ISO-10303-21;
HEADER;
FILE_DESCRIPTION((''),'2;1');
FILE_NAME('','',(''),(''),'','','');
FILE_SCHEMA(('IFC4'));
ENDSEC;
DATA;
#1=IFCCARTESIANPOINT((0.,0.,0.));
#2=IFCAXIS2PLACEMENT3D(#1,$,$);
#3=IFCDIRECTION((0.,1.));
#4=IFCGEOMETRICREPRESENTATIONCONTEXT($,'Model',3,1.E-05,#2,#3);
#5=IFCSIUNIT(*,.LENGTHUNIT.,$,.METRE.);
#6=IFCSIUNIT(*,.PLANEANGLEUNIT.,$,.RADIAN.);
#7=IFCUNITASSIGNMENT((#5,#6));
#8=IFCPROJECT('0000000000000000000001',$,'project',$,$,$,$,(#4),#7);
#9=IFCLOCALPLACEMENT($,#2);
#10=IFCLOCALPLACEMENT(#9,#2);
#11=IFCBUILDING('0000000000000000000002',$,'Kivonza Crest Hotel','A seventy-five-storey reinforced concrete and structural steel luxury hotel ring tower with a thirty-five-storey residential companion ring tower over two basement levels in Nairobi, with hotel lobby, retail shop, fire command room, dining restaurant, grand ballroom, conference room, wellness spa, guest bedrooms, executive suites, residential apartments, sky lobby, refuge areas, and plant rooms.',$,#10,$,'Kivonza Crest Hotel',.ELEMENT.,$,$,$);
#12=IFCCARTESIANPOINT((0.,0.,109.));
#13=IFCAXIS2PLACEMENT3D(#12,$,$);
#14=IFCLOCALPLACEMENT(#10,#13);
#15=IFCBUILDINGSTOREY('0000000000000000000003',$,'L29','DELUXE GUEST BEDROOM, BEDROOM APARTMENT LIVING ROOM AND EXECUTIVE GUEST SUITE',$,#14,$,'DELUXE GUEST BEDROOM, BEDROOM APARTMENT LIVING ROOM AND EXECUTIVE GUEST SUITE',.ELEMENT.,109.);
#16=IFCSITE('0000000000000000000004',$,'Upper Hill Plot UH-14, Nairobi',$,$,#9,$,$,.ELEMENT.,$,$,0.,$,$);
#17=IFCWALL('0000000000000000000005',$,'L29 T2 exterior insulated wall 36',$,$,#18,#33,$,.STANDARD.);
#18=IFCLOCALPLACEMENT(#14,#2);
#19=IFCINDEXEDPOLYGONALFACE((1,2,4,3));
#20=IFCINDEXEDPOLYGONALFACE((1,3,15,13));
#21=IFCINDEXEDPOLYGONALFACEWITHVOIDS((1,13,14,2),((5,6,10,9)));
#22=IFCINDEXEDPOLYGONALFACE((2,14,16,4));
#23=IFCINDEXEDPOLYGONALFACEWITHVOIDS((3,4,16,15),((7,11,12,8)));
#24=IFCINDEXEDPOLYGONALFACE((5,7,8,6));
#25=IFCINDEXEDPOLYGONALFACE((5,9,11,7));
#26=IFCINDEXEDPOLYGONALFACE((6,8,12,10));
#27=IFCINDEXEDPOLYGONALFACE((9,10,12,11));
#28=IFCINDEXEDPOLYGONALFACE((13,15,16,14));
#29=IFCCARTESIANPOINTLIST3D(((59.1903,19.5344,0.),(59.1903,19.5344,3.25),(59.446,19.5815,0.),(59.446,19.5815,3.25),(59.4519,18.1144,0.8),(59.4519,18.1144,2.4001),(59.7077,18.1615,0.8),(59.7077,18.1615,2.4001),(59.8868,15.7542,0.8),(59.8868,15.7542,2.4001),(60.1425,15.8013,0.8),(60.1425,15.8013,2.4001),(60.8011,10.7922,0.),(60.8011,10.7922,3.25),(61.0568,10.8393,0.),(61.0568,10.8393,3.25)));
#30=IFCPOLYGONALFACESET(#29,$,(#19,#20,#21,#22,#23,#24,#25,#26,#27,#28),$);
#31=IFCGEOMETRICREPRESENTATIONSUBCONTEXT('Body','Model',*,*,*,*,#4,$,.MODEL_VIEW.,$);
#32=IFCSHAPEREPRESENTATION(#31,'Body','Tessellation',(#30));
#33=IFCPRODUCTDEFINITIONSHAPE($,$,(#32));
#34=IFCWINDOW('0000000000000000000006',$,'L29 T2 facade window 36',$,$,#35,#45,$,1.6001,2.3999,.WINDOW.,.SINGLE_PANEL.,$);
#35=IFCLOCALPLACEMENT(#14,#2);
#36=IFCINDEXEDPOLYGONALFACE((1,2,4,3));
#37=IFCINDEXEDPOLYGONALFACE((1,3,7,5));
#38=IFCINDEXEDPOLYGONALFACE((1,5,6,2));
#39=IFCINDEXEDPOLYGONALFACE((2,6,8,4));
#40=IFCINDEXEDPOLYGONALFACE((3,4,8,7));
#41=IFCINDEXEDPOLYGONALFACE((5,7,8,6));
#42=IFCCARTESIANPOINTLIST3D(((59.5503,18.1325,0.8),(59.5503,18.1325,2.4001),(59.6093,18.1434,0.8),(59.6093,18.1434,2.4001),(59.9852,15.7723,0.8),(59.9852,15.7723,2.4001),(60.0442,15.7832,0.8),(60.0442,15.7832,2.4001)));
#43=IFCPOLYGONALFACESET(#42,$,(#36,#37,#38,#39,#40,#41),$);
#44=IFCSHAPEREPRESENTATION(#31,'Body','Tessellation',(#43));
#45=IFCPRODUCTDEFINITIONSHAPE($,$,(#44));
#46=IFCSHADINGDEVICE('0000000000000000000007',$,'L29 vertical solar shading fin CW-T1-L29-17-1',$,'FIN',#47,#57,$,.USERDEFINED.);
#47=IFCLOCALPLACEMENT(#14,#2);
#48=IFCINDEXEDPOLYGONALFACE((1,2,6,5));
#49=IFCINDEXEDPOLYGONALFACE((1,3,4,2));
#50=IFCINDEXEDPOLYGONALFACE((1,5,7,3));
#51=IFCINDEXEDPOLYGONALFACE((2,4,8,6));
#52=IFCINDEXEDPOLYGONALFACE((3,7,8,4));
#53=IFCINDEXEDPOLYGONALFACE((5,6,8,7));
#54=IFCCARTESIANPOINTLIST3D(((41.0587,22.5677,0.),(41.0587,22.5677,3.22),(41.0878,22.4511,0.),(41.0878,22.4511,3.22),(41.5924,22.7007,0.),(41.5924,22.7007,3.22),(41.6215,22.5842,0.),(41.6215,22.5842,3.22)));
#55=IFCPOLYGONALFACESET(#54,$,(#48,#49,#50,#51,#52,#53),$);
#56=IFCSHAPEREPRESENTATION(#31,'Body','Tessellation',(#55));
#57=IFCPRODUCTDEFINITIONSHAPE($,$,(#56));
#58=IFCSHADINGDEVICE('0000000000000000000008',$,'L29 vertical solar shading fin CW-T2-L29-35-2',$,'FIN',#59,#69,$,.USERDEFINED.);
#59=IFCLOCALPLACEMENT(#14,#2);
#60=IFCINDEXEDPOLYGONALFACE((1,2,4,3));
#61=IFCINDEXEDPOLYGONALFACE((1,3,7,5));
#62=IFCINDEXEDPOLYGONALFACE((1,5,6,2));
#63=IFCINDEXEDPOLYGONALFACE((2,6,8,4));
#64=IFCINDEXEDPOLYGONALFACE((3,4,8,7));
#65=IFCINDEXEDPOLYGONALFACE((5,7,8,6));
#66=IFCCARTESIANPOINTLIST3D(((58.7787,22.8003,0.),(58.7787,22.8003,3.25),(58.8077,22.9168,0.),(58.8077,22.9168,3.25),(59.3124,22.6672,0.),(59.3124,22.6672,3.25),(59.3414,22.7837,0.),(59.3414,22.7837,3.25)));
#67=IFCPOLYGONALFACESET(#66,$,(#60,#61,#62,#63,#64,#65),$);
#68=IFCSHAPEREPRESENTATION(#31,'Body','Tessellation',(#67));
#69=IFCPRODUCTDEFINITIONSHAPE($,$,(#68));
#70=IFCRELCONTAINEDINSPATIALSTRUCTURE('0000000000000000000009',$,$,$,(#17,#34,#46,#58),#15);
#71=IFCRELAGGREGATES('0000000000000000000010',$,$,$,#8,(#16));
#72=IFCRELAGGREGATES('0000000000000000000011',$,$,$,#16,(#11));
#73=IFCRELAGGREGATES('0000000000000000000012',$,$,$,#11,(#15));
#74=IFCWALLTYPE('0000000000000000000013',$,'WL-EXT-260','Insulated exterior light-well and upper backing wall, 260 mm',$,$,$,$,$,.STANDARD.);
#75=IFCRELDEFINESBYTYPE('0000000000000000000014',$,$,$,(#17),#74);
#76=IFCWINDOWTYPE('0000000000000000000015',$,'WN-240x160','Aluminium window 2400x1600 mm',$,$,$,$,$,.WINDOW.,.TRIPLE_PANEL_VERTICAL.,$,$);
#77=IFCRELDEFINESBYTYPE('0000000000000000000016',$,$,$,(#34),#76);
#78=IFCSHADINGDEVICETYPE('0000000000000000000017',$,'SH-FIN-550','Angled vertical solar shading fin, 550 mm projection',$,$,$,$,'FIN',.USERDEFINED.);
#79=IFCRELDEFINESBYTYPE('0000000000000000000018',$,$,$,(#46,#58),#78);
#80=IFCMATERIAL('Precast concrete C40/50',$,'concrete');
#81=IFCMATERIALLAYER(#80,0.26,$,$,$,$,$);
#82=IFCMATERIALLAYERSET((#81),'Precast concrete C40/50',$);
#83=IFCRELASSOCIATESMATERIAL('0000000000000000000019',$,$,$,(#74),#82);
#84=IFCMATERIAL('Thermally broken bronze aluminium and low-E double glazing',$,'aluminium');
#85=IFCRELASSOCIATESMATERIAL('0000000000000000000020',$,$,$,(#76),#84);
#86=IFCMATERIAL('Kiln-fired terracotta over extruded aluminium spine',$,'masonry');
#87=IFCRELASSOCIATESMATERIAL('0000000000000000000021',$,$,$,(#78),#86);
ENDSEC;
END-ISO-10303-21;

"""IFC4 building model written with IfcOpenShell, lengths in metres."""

from ifc_helpers import new_model, si_unit, direction, frame, frame_2d, origin, origin_2d, place, context, subcontext, project, spatial, rectangle, extrude, material, layer, layer_set, type_object, element, fill, save


model = new_model("IFC4")

# Units and contexts
model_context = context("Model", 3, precision=1e-05, world=origin(), true_north=direction((0.0, 1.0)))
body_context = subcontext(model_context, "Body", "Model", "MODEL_VIEW")
ifc_project = project(units=[si_unit("LENGTHUNIT", "METRE"), si_unit("PLANEANGLEUNIT", "RADIAN")], contexts=[model_context])

# Site, building, storey
site_placement = place(None, origin())
site = spatial("IfcSite", under=ifc_project, at=site_placement, Name="Upper Hill Plot UH-14, Nairobi", CompositionType="ELEMENT", RefElevation=0.0)
building_placement = place(site_placement, origin())
building = spatial("IfcBuilding", under=site, at=building_placement, Name="Kivonza Crest Hotel", Description="A seventy-five-storey reinforced concrete and structural steel luxury hotel ring tower with a thirty-five-storey residential companion ring tower over two basement levels in Nairobi, with hotel lobby, retail shop, fire command room, dining restaurant, grand ballroom, conference room, wellness spa, guest bedrooms, executive suites, residential apartments, sky lobby, refuge areas, and plant rooms.", LongName="Kivonza Crest Hotel", CompositionType="ELEMENT")
storey_placement = place(building_placement, frame((0.0, 0.0, 109.0)))
storey = spatial("IfcBuildingStorey", under=building, at=storey_placement, Name="L29", Description="DELUXE GUEST BEDROOM, BEDROOM APARTMENT LIVING ROOM AND EXECUTIVE GUEST SUITE", LongName="DELUXE GUEST BEDROOM, BEDROOM APARTMENT LIVING ROOM AND EXECUTIVE GUEST SUITE", CompositionType="ELEMENT", Elevation=109.0)

# Shared definitions
ifc_material_1 = material(Name="Precast concrete C40/50", Category="concrete")
ifc_layer_1 = layer(ifc_material_1, 0.26)
ifc_layer_set_1 = layer_set([ifc_layer_1], Name="Precast concrete C40/50")
wall_type_1 = type_object("IfcWallType", Name="WL-EXT-260", Description="Insulated exterior light-well and upper backing wall, 260 mm", PredefinedType="STANDARD", material=ifc_layer_set_1)

# Wall, opening, window
wall_1_placement = place(storey_placement, frame((59.3181, 19.5581, 0.0), z_axis=(0.0, 0.0, 1.0), x_axis=(0.18121, -0.983444, 0.0)))
wall_1 = element("IfcWall", 1, at=wall_1_placement, inside=storey, type_object=wall_type_1, Name="L29 T2 exterior insulated wall 36", PredefinedType="STANDARD", context=body_context, shape_type="SweptSolid", body=[
    extrude(rectangle(XDim=8.8894, YDim=0.26, at=frame_2d((4.4448, 0.0))), origin(), (0.0, 0.0, 1.0), 3.25),
])
opening_placement = place(wall_1_placement, frame((1.4441, 0.0, 0.8)))
opening = element("IfcOpeningElement", 2, at=opening_placement, cuts=wall_1, PredefinedType="OPENING", context=body_context, shape_type="SweptSolid", body=[
    extrude(rectangle(XDim=2.3999, YDim=1.6001, at=frame_2d((1.2, 0.8))), frame((0.0, 0.1401, 0.0), z_axis=(0.0, -1.0, 0.0), x_axis=(1.0, 0.0, 0.0)), (0.0, 0.0, 1.0), 0.28),
])
ifc_material_2 = material(Name="Thermally broken bronze aluminium and low-E double glazing", Category="aluminium")
window_type = type_object("IfcWindowType", Name="WN-240x160", Description="Aluminium window 2400x1600 mm", PartitioningType="TRIPLE_PANEL_VERTICAL", PredefinedType="WINDOW", material=ifc_material_2)
window_placement = place(opening_placement, origin())
window = element("IfcWindow", 3, at=window_placement, inside=storey, type_object=window_type, Name="L29 T2 facade window 36", OverallHeight=1.6001, OverallWidth=2.3999, PartitioningType="SINGLE_PANEL", PredefinedType="WINDOW", context=body_context, shape_type="SweptSolid", body=[
    extrude(rectangle(XDim=2.3999, YDim=1.6001, at=frame_2d((1.2, 0.8))), frame((0.0, 0.03, 0.0), z_axis=(0.0, -1.0, 0.0), x_axis=(1.0, 0.0, 0.0)), (0.0, 0.0, 1.0), 0.0601),
])
fill(opening, window)

# Shading devices
ifc_material_3 = material(Name="Kiln-fired terracotta over extruded aluminium spine", Category="masonry")
shading_device_type = type_object("IfcShadingDeviceType", Name="SH-FIN-550", Description="Angled vertical solar shading fin, 550 mm projection", ElementType="FIN", PredefinedType="USERDEFINED", material=ifc_material_3)
shading_device_1_placement = place(storey_placement, frame((41.3401, 22.5759, 0.0), z_axis=(0.0, 0.0, 1.0), x_axis=(-0.241922, 0.970296, 0.0)))
element("IfcShadingDevice", 4, at=shading_device_1_placement, inside=storey, type_object=shading_device_type, Name="L29 vertical solar shading fin CW-T1-L29-17-1", ObjectType="FIN", PredefinedType="USERDEFINED", context=body_context, shape_type="SweptSolid", body=[
    extrude(rectangle(XDim=0.1201, YDim=0.55, at=origin_2d()), origin(), (0.0, 0.0, 1.0), 3.22),
])
shading_device_2_placement = place(storey_placement, frame((59.0601, 22.792, 0.0), z_axis=(0.0, 0.0, 1.0), x_axis=(-0.241922, -0.970296, 0.0)))
element("IfcShadingDevice", 5, at=shading_device_2_placement, inside=storey, type_object=shading_device_type, Name="L29 vertical solar shading fin CW-T2-L29-35-2", ObjectType="FIN", PredefinedType="USERDEFINED", context=body_context, shape_type="SweptSolid", body=[
    extrude(rectangle(XDim=0.1201, YDim=0.55, at=origin_2d()), origin(), (0.0, 0.0, 1.0), 3.25),
])

save(model, "model.ifc")
